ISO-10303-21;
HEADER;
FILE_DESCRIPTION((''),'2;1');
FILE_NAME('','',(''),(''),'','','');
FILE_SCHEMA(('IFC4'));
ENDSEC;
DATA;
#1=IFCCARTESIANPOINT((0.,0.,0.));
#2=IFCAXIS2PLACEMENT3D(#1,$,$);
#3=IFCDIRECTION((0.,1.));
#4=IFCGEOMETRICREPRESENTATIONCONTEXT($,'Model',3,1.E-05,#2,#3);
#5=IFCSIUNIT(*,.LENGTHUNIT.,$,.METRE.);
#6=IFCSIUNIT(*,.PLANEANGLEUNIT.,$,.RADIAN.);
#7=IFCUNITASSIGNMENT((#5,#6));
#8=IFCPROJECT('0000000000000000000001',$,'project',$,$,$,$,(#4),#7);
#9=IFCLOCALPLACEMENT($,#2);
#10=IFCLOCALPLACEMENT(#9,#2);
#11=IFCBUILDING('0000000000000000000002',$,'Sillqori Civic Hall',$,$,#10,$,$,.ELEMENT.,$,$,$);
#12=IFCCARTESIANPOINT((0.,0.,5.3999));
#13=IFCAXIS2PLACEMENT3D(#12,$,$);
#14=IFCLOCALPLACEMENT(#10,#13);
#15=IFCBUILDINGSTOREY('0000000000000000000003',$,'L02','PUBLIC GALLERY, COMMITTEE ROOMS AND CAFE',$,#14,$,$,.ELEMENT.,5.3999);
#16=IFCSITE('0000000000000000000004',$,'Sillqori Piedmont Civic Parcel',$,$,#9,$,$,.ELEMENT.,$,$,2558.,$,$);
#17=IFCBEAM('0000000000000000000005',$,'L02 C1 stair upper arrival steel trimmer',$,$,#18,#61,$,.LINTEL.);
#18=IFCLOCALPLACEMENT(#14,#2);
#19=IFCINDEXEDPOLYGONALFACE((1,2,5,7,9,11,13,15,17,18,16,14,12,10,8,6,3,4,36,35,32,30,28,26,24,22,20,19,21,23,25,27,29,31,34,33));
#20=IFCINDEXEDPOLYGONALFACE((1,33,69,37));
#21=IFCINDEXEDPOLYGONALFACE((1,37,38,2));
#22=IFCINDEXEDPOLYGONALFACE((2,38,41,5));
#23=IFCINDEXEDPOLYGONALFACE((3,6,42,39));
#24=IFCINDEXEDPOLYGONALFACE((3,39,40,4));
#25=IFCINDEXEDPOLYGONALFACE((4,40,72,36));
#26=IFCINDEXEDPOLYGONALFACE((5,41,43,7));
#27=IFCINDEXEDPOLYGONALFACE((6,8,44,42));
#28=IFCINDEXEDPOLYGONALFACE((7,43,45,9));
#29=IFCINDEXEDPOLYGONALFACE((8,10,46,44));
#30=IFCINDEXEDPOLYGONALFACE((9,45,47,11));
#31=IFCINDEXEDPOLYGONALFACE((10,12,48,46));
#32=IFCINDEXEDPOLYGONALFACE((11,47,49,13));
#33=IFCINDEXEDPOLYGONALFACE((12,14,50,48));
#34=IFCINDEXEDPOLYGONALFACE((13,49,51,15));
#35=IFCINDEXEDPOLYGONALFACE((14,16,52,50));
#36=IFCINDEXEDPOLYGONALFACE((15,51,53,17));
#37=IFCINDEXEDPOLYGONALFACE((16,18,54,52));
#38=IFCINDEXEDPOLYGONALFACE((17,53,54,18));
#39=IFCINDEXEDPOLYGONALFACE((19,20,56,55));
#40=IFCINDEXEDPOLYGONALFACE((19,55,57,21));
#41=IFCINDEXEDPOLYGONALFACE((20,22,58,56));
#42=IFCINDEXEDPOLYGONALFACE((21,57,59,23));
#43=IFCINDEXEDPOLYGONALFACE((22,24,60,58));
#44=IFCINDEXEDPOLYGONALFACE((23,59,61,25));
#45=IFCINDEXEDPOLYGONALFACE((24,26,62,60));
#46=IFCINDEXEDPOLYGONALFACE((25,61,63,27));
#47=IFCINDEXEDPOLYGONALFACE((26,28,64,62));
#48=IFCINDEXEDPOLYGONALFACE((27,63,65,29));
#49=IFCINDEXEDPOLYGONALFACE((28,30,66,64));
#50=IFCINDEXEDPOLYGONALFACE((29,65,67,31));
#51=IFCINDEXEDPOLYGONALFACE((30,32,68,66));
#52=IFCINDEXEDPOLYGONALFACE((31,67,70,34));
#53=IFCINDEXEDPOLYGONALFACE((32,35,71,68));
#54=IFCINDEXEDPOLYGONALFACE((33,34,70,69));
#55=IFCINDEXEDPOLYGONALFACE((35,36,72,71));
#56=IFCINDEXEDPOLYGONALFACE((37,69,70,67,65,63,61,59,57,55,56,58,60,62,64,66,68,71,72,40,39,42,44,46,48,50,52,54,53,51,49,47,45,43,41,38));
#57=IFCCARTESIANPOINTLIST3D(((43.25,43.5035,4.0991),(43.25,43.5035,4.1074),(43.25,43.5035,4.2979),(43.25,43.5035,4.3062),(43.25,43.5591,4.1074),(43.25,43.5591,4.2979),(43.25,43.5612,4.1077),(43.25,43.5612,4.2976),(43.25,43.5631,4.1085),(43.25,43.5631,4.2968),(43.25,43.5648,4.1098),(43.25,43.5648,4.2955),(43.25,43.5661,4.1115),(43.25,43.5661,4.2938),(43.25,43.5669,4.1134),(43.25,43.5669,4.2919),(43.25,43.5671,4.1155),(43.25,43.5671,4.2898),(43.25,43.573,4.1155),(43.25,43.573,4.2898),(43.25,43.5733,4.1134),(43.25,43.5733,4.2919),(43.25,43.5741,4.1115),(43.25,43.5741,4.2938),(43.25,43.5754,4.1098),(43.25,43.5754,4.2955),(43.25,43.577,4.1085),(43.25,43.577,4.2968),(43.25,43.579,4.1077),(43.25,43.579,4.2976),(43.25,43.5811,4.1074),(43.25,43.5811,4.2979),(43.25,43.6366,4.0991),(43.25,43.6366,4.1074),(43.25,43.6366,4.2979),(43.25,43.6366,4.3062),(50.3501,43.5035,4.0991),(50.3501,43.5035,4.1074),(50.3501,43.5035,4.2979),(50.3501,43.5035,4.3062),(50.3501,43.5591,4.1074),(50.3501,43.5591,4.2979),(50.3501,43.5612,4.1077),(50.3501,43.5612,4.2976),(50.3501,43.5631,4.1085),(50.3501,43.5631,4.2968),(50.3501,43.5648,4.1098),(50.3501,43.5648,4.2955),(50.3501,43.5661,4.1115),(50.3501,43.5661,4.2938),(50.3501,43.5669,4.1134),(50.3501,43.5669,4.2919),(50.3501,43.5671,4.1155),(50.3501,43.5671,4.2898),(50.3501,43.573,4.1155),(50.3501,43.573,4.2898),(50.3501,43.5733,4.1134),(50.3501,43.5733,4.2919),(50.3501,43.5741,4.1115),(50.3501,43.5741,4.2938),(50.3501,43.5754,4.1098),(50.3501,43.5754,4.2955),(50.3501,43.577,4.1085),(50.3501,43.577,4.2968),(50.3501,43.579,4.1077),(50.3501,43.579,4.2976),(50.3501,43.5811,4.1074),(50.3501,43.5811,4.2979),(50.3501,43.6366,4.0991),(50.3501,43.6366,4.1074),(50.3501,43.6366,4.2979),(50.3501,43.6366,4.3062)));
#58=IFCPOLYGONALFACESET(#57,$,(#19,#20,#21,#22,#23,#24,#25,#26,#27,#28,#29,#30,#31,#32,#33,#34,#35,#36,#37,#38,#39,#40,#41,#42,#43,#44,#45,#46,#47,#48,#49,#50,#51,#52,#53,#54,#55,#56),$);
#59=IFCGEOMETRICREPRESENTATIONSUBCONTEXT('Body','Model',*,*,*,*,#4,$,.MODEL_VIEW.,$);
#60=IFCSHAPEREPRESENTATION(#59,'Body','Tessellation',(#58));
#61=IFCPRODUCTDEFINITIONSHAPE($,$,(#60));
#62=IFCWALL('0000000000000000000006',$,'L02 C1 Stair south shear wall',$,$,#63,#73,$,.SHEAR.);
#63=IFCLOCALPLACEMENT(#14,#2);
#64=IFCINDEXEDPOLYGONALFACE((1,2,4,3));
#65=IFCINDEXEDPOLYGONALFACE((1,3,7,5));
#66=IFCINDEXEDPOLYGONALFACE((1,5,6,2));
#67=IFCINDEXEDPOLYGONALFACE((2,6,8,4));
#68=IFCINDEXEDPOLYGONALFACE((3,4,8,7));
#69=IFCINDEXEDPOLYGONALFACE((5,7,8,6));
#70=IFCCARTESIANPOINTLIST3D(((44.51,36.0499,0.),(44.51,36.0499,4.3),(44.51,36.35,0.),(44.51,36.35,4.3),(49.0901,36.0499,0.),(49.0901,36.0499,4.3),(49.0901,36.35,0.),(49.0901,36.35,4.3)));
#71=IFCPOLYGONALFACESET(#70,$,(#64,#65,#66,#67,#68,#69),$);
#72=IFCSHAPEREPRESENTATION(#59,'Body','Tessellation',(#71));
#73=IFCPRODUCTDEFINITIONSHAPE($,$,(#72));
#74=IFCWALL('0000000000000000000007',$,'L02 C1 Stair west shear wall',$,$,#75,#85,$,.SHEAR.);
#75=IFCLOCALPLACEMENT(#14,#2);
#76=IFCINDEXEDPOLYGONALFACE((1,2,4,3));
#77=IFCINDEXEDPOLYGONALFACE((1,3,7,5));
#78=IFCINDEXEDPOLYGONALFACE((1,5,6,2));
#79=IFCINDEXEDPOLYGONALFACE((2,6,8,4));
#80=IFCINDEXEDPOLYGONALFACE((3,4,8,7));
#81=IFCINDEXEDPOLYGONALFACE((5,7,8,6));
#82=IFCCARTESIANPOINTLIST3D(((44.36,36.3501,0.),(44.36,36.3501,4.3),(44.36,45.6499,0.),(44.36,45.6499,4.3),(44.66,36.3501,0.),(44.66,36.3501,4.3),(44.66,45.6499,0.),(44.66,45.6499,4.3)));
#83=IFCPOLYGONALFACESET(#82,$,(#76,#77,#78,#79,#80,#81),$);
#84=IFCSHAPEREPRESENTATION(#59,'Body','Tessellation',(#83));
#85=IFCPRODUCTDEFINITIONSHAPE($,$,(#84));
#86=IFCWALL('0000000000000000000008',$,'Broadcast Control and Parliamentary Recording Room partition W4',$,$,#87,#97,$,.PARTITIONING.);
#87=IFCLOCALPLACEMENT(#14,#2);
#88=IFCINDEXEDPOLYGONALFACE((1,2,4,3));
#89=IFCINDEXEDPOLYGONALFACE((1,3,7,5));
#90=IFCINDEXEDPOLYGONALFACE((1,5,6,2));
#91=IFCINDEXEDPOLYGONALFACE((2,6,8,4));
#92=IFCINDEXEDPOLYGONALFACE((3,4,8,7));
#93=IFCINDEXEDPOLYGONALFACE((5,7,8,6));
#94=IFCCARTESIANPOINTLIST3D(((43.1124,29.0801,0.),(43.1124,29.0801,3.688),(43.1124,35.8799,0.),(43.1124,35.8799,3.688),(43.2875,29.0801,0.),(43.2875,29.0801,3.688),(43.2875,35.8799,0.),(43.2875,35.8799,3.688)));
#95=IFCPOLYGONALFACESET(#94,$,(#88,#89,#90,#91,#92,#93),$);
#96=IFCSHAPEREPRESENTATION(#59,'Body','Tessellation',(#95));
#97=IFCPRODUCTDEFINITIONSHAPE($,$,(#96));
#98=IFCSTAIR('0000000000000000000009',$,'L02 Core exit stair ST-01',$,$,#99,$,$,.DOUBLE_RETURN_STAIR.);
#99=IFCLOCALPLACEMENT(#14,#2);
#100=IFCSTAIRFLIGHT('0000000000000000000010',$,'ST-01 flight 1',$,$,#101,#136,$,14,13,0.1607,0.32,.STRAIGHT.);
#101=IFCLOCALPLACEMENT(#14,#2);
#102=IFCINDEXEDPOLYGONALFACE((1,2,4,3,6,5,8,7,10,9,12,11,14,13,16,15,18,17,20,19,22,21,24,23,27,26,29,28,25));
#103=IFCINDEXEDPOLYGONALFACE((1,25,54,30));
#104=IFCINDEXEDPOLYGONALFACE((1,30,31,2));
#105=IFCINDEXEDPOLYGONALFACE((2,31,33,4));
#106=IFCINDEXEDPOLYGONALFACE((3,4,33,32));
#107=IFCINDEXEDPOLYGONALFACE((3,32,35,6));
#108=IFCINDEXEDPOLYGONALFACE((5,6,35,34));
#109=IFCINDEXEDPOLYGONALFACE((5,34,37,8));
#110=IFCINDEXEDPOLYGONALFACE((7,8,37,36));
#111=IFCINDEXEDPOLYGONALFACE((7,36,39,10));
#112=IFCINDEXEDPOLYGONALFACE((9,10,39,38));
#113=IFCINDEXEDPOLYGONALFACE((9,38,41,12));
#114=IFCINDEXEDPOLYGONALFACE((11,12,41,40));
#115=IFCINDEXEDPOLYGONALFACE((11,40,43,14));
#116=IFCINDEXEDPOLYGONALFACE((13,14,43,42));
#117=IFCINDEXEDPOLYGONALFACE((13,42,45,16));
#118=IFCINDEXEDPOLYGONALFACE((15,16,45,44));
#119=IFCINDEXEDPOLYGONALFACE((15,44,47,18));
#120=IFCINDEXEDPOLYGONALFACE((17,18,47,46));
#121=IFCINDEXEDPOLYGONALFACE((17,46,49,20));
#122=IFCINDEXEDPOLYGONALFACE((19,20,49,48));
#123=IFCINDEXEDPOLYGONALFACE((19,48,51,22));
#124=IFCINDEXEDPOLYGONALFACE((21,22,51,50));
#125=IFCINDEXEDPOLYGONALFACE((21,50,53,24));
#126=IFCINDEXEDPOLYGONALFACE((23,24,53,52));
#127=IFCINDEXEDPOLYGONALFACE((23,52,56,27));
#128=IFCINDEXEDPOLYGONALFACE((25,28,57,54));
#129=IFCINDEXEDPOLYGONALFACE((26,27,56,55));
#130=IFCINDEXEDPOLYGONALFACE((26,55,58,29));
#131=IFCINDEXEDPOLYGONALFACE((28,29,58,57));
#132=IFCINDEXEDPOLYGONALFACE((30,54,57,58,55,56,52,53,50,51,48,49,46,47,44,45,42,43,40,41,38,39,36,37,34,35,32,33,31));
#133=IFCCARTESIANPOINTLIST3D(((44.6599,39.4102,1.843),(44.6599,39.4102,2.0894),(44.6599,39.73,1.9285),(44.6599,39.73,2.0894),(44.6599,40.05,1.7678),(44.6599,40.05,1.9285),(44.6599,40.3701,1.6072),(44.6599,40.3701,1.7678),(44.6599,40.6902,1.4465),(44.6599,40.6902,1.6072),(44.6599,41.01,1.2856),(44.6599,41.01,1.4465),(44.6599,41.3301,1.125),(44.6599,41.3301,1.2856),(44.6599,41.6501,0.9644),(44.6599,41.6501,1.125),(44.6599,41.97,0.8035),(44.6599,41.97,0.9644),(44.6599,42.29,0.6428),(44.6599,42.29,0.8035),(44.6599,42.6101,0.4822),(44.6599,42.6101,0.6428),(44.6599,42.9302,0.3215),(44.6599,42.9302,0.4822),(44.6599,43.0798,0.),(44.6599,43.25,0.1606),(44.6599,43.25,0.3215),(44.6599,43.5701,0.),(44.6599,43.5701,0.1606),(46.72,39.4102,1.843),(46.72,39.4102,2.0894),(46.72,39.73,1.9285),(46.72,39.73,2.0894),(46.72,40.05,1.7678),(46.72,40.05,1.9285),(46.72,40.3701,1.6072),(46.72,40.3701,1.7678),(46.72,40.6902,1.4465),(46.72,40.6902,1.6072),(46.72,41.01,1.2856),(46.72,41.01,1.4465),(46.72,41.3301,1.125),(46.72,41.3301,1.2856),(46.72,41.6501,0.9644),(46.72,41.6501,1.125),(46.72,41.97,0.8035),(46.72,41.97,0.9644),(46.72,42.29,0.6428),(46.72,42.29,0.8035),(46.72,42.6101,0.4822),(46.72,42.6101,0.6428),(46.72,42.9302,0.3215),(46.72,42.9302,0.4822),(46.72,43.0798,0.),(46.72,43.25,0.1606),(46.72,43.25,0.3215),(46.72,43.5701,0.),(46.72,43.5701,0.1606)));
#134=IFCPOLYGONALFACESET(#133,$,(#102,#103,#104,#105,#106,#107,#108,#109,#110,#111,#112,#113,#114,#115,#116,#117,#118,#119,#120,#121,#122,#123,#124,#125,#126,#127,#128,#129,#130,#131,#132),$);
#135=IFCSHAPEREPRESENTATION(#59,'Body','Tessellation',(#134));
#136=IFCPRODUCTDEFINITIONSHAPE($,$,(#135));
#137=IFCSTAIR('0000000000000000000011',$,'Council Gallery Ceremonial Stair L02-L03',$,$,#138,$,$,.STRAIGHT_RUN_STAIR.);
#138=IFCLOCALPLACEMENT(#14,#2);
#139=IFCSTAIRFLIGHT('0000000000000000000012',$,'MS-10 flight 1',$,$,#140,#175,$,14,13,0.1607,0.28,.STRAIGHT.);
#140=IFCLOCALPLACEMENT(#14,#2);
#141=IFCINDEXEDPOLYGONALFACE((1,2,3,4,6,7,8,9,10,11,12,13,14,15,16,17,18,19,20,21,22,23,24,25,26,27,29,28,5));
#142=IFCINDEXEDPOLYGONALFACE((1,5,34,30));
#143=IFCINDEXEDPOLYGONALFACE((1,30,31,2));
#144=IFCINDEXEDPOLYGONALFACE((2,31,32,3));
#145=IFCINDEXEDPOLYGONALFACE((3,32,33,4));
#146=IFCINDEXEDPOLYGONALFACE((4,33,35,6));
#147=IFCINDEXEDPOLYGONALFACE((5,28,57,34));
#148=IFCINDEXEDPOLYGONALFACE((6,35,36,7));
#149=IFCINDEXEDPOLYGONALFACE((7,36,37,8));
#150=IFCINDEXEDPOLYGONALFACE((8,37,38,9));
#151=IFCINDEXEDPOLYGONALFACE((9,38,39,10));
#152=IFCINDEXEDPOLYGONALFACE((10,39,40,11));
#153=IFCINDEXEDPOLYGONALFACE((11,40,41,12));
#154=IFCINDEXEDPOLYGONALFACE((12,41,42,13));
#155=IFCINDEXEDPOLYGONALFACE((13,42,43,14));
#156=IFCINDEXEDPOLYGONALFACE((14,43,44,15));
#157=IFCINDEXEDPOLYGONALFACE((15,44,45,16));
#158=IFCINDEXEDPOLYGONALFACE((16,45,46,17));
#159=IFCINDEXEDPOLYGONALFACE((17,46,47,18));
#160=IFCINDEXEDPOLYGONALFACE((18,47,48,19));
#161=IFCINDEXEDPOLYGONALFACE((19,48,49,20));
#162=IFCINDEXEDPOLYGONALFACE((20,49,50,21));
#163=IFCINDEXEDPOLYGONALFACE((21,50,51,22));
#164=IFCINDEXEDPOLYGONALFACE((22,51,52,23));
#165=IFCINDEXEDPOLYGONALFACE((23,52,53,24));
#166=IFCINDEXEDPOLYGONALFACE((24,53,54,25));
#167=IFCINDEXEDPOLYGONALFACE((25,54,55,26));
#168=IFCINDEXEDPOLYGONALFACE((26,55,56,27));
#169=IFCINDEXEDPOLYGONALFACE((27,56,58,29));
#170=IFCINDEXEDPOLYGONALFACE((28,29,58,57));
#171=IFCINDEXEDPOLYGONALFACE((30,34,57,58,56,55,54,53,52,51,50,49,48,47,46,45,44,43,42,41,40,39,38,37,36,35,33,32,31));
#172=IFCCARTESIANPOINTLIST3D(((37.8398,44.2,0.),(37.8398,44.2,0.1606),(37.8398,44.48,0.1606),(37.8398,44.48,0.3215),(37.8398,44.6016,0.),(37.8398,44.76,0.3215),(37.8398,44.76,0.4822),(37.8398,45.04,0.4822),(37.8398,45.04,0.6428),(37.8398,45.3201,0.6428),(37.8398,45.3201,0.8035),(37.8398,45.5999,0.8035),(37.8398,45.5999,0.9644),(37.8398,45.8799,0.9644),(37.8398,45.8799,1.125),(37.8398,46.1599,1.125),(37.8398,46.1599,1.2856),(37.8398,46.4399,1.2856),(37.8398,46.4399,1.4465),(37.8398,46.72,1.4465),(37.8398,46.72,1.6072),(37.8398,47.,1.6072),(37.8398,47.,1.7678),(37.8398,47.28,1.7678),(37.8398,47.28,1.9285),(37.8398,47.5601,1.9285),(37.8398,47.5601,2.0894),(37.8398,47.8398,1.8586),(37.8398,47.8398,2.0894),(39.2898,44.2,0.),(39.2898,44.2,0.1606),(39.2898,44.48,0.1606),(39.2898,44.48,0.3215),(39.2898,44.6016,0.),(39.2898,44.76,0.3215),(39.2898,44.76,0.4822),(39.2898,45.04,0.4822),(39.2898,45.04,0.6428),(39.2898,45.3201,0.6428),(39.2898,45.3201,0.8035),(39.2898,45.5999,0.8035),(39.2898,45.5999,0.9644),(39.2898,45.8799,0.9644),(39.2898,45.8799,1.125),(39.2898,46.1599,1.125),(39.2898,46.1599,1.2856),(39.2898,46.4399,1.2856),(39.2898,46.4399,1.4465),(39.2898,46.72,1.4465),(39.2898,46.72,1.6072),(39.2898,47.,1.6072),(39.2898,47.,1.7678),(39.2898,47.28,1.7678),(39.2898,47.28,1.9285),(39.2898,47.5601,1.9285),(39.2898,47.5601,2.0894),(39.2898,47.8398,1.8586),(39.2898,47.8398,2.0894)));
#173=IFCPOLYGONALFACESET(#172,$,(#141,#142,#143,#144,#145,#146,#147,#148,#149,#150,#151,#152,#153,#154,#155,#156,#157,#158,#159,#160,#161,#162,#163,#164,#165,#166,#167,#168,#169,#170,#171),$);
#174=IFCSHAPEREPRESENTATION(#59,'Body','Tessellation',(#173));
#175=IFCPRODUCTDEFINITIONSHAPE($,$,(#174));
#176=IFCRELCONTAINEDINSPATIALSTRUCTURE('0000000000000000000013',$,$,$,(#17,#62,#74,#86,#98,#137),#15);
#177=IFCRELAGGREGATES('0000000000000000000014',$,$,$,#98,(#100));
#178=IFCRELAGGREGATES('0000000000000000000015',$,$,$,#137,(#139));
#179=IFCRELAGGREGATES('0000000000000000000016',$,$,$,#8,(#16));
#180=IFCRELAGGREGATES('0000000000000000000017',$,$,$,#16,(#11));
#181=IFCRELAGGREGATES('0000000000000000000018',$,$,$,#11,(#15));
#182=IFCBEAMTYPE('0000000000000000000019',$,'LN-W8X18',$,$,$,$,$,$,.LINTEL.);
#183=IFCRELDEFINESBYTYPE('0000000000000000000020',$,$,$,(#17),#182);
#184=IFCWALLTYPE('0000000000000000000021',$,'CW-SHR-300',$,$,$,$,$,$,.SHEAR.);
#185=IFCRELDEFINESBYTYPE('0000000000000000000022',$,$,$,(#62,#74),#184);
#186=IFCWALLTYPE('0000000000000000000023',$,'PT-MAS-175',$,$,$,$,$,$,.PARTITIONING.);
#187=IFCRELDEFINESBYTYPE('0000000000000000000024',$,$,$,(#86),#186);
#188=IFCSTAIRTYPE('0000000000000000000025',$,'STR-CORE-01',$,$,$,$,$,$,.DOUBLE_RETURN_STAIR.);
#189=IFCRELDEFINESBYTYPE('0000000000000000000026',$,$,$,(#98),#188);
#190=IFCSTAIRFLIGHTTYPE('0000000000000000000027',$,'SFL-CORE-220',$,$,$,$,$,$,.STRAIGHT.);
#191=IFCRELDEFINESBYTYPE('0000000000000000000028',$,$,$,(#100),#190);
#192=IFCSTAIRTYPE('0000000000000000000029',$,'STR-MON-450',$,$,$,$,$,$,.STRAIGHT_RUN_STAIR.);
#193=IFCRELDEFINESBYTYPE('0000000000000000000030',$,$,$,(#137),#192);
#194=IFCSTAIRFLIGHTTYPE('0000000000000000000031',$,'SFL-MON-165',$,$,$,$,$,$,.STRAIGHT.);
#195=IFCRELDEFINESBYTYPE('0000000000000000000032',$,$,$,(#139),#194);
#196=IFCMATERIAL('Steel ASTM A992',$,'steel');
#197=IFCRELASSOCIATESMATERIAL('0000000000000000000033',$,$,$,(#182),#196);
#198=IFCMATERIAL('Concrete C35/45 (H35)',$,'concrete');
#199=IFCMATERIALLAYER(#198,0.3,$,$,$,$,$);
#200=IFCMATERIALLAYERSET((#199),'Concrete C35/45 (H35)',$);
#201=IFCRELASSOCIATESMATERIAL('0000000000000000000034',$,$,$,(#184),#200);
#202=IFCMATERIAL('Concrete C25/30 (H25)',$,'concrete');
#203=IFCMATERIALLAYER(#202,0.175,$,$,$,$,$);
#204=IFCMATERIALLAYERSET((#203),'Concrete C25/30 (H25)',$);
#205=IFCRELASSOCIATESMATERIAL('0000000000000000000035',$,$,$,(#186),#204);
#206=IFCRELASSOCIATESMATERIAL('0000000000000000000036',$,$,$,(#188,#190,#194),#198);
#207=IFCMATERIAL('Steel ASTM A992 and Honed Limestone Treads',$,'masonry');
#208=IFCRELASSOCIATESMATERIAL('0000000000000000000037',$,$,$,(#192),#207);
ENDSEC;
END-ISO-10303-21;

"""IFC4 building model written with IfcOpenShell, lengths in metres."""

from ifc_helpers import new_model, si_unit, direction, frame, frame_2d, origin, origin_2d, place, context, subcontext, project, spatial, polyline, rectangle, i_section, outline, extrude, material, layer, layer_set, material_profile, profile_set, type_object, element, aggregate, save


model = new_model("IFC4")

# Units and contexts
model_context = context("Model", 3, precision=1e-05, world=origin(), true_north=direction((0.0, 1.0)))
body_context = subcontext(model_context, "Body", "Model", "MODEL_VIEW")
ifc_project = project(units=[si_unit("LENGTHUNIT", "METRE"), si_unit("PLANEANGLEUNIT", "RADIAN")], contexts=[model_context])

# Site, building, storey
site_placement = place(None, origin())
site = spatial("IfcSite", under=ifc_project, at=site_placement, Name="Sillqori Piedmont Civic Parcel", CompositionType="ELEMENT", RefElevation=2558.0)
building_placement = place(site_placement, origin())
building = spatial("IfcBuilding", under=site, at=building_placement, Name="Sillqori Civic Hall", CompositionType="ELEMENT")
storey_placement = place(building_placement, frame((0.0, 0.0, 5.3999)))
storey = spatial("IfcBuildingStorey", under=building, at=storey_placement, Name="L02", Description="PUBLIC GALLERY, COMMITTEE ROOMS AND CAFE", CompositionType="ELEMENT", Elevation=5.3999)

# Shared definitions
ifc_material_1 = material(Name="Concrete C35/45 (H35)", Category="concrete")
ifc_material_2 = material(Name="Steel ASTM A992", Category="steel")

# Beam
ifc_material_profile_1 = material_profile(ifc_material_2, i_section(OverallWidth=0.1331, OverallDepth=0.207, WebThickness=0.0059, FlangeThickness=0.0083, FilletRadius=0.0081, at=origin_2d()), Name="W8X18")
ifc_profile_set_1 = profile_set([ifc_material_profile_1], Name="Steel ASTM A992")
beam_type_1 = type_object("IfcBeamType", Name="LN-W8X18", PredefinedType="LINTEL", material=ifc_profile_set_1)
for number, where, z_axis, x_axis, name in (
    (1, (43.25, 43.5701, 4.2026), (1.0, 0.0, 0.0), (0.0, 1.0, 0.0), "L02 C1 stair upper arrival steel trimmer"),
):
    element("IfcBeam", number, at=place(storey_placement, frame(where, z_axis=z_axis, x_axis=x_axis)), inside=storey, type_object=beam_type_1, Name=name, PredefinedType="LINTEL", context=body_context, shape_type="SweptSolid", body=[
        extrude(i_section(OverallWidth=0.1331, OverallDepth=0.207, WebThickness=0.0059, FlangeThickness=0.0083, FilletRadius=0.0081, at=origin_2d()), origin(), (0.0, 0.0, 1.0), 7.1001),
    ])

# Walls
ifc_layer_1 = layer(ifc_material_1, 0.3)
ifc_layer_set_1 = layer_set([ifc_layer_1], Name="Concrete C35/45 (H35)")
wall_type_1 = type_object("IfcWallType", Name="CW-SHR-300", PredefinedType="SHEAR", material=ifc_layer_set_1)
wall_1_placement = place(storey_placement, frame((44.51, 36.2, 0.0), z_axis=(0.0, 0.0, 1.0), x_axis=(1.0, 0.0, 0.0)))
element("IfcWall", 2, at=wall_1_placement, inside=storey, type_object=wall_type_1, Name="L02 C1 Stair south shear wall", PredefinedType="SHEAR", context=body_context, shape_type="SweptSolid", body=[
    extrude(rectangle(XDim=4.5801, YDim=0.3, at=frame_2d((2.29, 0.0))), origin(), (0.0, 0.0, 1.0), 4.3),
])
wall_2_placement = place(storey_placement, frame((44.51, 36.3501, 0.0), z_axis=(0.0, 0.0, 1.0), x_axis=(0.0, 1.0, 0.0)))
element("IfcWall", 3, at=wall_2_placement, inside=storey, type_object=wall_type_1, Name="L02 C1 Stair west shear wall", PredefinedType="SHEAR", context=body_context, shape_type="SweptSolid", body=[
    extrude(rectangle(XDim=9.2998, YDim=0.3, at=frame_2d((4.6499, 0.0))), origin(), (0.0, 0.0, 1.0), 4.3),
])
ifc_material_3 = material(Name="Concrete C25/30 (H25)", Category="concrete")
ifc_layer_2 = layer(ifc_material_3, 0.175)
ifc_layer_set_2 = layer_set([ifc_layer_2], Name="Concrete C25/30 (H25)")
wall_type_2 = type_object("IfcWallType", Name="PT-MAS-175", PredefinedType="PARTITIONING", material=ifc_layer_set_2)
wall_3_placement = place(storey_placement, frame((43.2, 29.0801, 0.0), z_axis=(0.0, 0.0, 1.0), x_axis=(0.0, 1.0, 0.0)))
element("IfcWall", 4, at=wall_3_placement, inside=storey, type_object=wall_type_2, Name="Broadcast Control and Parliamentary Recording Room partition W4", PredefinedType="PARTITIONING", context=body_context, shape_type="SweptSolid", body=[
    extrude(rectangle(XDim=6.7998, YDim=0.175, at=frame_2d((3.3999, 0.0))), origin(), (0.0, 0.0, 1.0), 3.688),
])

# Stairs, stair flights
stair_type_1 = type_object("IfcStairType", Name="STR-CORE-01", PredefinedType="DOUBLE_RETURN_STAIR", material=ifc_material_1)
stair_1_placement = place(storey_placement, origin())
stair_1 = element("IfcStair", 5, at=stair_1_placement, inside=storey, type_object=stair_type_1, Name="L02 Core exit stair ST-01", PredefinedType="DOUBLE_RETURN_STAIR")
stair_flight_type_1 = type_object("IfcStairFlightType", Name="SFL-CORE-220", PredefinedType="STRAIGHT", material=ifc_material_1)
stair_flight_1_placement = place(storey_placement, frame((45.6899, 43.5701, 0.0), z_axis=(0.0, 0.0, 1.0), x_axis=(0.0, -1.0, 0.0)))
stair_flight_1 = element("IfcStairFlight", 6, at=stair_flight_1_placement, type_object=stair_flight_type_1, Name="ST-01 flight 1", NumberOfRisers=14, NumberOfTreads=13, PredefinedType="STRAIGHT", RiserHeight=0.1607, TreadLength=0.32, context=body_context, shape_type="SweptSolid", body=[
    extrude(outline(polyline([(0.0, 0.0), (0.0, 0.1606), (0.3201, 0.1606), (0.3201, 0.3215), (0.6399, 0.3215), (0.6399, 0.4822), (0.96, 0.4822), (0.96, 0.6428), (1.28, 0.6428), (1.28, 0.8035), (1.6001, 0.8035), (1.6001, 0.9644), (1.9199, 0.9644), (1.9199, 1.125), (2.24, 1.125), (2.24, 1.2856), (2.5601, 1.2856), (2.5601, 1.4465), (2.8799, 1.4465), (2.8799, 1.6072), (3.2, 1.6072), (3.2, 1.7678), (3.52, 1.7678), (3.52, 1.9285), (3.8401, 1.9285), (3.8401, 2.0894), (4.1599, 2.0894), (4.1599, 2.25), (4.1599, 1.843), (0.4902, 0.0), (0.0, 0.0)])), frame((0.0, 1.03, 0.0), z_axis=(0.0, -1.0, 0.0), x_axis=(1.0, 0.0, 0.0)), (0.0, 0.0, 1.0), 2.0601),
])
aggregate(stair_1, [stair_flight_1])
ifc_material_4 = material(Name="Steel ASTM A992 and Honed Limestone Treads", Category="masonry")
stair_type_2 = type_object("IfcStairType", Name="STR-MON-450", PredefinedType="STRAIGHT_RUN_STAIR", material=ifc_material_4)
stair_2_placement = place(storey_placement, origin())
stair_2 = element("IfcStair", 7, at=stair_2_placement, inside=storey, type_object=stair_type_2, Name="Council Gallery Ceremonial Stair L02-L03", PredefinedType="STRAIGHT_RUN_STAIR")
stair_flight_type_2 = type_object("IfcStairFlightType", Name="SFL-MON-165", PredefinedType="STRAIGHT", material=ifc_material_1)
stair_flight_2_placement = place(storey_placement, frame((38.5649, 44.2, 0.0), z_axis=(0.0, 0.0, 1.0), x_axis=(0.0, 1.0, 0.0)))
stair_flight_2 = element("IfcStairFlight", 8, at=stair_flight_2_placement, type_object=stair_flight_type_2, Name="MS-10 flight 1", NumberOfRisers=14, NumberOfTreads=13, PredefinedType="STRAIGHT", RiserHeight=0.1607, TreadLength=0.28, context=body_context, shape_type="SweptSolid", body=[
    extrude(outline(polyline([(0.0, 0.0), (0.0, 0.1606), (0.28, 0.1606), (0.28, 0.3215), (0.5601, 0.3215), (0.5601, 0.4822), (0.8401, 0.4822), (0.8401, 0.6428), (1.1201, 0.6428), (1.1201, 0.8035), (1.3999, 0.8035), (1.3999, 0.9644), (1.6799, 0.9644), (1.6799, 1.125), (1.96, 1.125), (1.96, 1.2856), (2.24, 1.2856), (2.24, 1.4465), (2.52, 1.4465), (2.52, 1.6072), (2.8, 1.6072), (2.8, 1.7678), (3.0801, 1.7678), (3.0801, 1.9285), (3.3601, 1.9285), (3.3601, 2.0894), (3.6399, 2.0894), (3.6399, 2.25), (3.6399, 1.8586), (0.4016, 0.0), (0.0, 0.0)])), frame((0.0, 0.7251, 0.0), z_axis=(0.0, -1.0, 0.0), x_axis=(1.0, 0.0, 0.0)), (0.0, 0.0, 1.0), 1.45),
])
aggregate(stair_2, [stair_flight_2])

save(model, "model.ifc")
